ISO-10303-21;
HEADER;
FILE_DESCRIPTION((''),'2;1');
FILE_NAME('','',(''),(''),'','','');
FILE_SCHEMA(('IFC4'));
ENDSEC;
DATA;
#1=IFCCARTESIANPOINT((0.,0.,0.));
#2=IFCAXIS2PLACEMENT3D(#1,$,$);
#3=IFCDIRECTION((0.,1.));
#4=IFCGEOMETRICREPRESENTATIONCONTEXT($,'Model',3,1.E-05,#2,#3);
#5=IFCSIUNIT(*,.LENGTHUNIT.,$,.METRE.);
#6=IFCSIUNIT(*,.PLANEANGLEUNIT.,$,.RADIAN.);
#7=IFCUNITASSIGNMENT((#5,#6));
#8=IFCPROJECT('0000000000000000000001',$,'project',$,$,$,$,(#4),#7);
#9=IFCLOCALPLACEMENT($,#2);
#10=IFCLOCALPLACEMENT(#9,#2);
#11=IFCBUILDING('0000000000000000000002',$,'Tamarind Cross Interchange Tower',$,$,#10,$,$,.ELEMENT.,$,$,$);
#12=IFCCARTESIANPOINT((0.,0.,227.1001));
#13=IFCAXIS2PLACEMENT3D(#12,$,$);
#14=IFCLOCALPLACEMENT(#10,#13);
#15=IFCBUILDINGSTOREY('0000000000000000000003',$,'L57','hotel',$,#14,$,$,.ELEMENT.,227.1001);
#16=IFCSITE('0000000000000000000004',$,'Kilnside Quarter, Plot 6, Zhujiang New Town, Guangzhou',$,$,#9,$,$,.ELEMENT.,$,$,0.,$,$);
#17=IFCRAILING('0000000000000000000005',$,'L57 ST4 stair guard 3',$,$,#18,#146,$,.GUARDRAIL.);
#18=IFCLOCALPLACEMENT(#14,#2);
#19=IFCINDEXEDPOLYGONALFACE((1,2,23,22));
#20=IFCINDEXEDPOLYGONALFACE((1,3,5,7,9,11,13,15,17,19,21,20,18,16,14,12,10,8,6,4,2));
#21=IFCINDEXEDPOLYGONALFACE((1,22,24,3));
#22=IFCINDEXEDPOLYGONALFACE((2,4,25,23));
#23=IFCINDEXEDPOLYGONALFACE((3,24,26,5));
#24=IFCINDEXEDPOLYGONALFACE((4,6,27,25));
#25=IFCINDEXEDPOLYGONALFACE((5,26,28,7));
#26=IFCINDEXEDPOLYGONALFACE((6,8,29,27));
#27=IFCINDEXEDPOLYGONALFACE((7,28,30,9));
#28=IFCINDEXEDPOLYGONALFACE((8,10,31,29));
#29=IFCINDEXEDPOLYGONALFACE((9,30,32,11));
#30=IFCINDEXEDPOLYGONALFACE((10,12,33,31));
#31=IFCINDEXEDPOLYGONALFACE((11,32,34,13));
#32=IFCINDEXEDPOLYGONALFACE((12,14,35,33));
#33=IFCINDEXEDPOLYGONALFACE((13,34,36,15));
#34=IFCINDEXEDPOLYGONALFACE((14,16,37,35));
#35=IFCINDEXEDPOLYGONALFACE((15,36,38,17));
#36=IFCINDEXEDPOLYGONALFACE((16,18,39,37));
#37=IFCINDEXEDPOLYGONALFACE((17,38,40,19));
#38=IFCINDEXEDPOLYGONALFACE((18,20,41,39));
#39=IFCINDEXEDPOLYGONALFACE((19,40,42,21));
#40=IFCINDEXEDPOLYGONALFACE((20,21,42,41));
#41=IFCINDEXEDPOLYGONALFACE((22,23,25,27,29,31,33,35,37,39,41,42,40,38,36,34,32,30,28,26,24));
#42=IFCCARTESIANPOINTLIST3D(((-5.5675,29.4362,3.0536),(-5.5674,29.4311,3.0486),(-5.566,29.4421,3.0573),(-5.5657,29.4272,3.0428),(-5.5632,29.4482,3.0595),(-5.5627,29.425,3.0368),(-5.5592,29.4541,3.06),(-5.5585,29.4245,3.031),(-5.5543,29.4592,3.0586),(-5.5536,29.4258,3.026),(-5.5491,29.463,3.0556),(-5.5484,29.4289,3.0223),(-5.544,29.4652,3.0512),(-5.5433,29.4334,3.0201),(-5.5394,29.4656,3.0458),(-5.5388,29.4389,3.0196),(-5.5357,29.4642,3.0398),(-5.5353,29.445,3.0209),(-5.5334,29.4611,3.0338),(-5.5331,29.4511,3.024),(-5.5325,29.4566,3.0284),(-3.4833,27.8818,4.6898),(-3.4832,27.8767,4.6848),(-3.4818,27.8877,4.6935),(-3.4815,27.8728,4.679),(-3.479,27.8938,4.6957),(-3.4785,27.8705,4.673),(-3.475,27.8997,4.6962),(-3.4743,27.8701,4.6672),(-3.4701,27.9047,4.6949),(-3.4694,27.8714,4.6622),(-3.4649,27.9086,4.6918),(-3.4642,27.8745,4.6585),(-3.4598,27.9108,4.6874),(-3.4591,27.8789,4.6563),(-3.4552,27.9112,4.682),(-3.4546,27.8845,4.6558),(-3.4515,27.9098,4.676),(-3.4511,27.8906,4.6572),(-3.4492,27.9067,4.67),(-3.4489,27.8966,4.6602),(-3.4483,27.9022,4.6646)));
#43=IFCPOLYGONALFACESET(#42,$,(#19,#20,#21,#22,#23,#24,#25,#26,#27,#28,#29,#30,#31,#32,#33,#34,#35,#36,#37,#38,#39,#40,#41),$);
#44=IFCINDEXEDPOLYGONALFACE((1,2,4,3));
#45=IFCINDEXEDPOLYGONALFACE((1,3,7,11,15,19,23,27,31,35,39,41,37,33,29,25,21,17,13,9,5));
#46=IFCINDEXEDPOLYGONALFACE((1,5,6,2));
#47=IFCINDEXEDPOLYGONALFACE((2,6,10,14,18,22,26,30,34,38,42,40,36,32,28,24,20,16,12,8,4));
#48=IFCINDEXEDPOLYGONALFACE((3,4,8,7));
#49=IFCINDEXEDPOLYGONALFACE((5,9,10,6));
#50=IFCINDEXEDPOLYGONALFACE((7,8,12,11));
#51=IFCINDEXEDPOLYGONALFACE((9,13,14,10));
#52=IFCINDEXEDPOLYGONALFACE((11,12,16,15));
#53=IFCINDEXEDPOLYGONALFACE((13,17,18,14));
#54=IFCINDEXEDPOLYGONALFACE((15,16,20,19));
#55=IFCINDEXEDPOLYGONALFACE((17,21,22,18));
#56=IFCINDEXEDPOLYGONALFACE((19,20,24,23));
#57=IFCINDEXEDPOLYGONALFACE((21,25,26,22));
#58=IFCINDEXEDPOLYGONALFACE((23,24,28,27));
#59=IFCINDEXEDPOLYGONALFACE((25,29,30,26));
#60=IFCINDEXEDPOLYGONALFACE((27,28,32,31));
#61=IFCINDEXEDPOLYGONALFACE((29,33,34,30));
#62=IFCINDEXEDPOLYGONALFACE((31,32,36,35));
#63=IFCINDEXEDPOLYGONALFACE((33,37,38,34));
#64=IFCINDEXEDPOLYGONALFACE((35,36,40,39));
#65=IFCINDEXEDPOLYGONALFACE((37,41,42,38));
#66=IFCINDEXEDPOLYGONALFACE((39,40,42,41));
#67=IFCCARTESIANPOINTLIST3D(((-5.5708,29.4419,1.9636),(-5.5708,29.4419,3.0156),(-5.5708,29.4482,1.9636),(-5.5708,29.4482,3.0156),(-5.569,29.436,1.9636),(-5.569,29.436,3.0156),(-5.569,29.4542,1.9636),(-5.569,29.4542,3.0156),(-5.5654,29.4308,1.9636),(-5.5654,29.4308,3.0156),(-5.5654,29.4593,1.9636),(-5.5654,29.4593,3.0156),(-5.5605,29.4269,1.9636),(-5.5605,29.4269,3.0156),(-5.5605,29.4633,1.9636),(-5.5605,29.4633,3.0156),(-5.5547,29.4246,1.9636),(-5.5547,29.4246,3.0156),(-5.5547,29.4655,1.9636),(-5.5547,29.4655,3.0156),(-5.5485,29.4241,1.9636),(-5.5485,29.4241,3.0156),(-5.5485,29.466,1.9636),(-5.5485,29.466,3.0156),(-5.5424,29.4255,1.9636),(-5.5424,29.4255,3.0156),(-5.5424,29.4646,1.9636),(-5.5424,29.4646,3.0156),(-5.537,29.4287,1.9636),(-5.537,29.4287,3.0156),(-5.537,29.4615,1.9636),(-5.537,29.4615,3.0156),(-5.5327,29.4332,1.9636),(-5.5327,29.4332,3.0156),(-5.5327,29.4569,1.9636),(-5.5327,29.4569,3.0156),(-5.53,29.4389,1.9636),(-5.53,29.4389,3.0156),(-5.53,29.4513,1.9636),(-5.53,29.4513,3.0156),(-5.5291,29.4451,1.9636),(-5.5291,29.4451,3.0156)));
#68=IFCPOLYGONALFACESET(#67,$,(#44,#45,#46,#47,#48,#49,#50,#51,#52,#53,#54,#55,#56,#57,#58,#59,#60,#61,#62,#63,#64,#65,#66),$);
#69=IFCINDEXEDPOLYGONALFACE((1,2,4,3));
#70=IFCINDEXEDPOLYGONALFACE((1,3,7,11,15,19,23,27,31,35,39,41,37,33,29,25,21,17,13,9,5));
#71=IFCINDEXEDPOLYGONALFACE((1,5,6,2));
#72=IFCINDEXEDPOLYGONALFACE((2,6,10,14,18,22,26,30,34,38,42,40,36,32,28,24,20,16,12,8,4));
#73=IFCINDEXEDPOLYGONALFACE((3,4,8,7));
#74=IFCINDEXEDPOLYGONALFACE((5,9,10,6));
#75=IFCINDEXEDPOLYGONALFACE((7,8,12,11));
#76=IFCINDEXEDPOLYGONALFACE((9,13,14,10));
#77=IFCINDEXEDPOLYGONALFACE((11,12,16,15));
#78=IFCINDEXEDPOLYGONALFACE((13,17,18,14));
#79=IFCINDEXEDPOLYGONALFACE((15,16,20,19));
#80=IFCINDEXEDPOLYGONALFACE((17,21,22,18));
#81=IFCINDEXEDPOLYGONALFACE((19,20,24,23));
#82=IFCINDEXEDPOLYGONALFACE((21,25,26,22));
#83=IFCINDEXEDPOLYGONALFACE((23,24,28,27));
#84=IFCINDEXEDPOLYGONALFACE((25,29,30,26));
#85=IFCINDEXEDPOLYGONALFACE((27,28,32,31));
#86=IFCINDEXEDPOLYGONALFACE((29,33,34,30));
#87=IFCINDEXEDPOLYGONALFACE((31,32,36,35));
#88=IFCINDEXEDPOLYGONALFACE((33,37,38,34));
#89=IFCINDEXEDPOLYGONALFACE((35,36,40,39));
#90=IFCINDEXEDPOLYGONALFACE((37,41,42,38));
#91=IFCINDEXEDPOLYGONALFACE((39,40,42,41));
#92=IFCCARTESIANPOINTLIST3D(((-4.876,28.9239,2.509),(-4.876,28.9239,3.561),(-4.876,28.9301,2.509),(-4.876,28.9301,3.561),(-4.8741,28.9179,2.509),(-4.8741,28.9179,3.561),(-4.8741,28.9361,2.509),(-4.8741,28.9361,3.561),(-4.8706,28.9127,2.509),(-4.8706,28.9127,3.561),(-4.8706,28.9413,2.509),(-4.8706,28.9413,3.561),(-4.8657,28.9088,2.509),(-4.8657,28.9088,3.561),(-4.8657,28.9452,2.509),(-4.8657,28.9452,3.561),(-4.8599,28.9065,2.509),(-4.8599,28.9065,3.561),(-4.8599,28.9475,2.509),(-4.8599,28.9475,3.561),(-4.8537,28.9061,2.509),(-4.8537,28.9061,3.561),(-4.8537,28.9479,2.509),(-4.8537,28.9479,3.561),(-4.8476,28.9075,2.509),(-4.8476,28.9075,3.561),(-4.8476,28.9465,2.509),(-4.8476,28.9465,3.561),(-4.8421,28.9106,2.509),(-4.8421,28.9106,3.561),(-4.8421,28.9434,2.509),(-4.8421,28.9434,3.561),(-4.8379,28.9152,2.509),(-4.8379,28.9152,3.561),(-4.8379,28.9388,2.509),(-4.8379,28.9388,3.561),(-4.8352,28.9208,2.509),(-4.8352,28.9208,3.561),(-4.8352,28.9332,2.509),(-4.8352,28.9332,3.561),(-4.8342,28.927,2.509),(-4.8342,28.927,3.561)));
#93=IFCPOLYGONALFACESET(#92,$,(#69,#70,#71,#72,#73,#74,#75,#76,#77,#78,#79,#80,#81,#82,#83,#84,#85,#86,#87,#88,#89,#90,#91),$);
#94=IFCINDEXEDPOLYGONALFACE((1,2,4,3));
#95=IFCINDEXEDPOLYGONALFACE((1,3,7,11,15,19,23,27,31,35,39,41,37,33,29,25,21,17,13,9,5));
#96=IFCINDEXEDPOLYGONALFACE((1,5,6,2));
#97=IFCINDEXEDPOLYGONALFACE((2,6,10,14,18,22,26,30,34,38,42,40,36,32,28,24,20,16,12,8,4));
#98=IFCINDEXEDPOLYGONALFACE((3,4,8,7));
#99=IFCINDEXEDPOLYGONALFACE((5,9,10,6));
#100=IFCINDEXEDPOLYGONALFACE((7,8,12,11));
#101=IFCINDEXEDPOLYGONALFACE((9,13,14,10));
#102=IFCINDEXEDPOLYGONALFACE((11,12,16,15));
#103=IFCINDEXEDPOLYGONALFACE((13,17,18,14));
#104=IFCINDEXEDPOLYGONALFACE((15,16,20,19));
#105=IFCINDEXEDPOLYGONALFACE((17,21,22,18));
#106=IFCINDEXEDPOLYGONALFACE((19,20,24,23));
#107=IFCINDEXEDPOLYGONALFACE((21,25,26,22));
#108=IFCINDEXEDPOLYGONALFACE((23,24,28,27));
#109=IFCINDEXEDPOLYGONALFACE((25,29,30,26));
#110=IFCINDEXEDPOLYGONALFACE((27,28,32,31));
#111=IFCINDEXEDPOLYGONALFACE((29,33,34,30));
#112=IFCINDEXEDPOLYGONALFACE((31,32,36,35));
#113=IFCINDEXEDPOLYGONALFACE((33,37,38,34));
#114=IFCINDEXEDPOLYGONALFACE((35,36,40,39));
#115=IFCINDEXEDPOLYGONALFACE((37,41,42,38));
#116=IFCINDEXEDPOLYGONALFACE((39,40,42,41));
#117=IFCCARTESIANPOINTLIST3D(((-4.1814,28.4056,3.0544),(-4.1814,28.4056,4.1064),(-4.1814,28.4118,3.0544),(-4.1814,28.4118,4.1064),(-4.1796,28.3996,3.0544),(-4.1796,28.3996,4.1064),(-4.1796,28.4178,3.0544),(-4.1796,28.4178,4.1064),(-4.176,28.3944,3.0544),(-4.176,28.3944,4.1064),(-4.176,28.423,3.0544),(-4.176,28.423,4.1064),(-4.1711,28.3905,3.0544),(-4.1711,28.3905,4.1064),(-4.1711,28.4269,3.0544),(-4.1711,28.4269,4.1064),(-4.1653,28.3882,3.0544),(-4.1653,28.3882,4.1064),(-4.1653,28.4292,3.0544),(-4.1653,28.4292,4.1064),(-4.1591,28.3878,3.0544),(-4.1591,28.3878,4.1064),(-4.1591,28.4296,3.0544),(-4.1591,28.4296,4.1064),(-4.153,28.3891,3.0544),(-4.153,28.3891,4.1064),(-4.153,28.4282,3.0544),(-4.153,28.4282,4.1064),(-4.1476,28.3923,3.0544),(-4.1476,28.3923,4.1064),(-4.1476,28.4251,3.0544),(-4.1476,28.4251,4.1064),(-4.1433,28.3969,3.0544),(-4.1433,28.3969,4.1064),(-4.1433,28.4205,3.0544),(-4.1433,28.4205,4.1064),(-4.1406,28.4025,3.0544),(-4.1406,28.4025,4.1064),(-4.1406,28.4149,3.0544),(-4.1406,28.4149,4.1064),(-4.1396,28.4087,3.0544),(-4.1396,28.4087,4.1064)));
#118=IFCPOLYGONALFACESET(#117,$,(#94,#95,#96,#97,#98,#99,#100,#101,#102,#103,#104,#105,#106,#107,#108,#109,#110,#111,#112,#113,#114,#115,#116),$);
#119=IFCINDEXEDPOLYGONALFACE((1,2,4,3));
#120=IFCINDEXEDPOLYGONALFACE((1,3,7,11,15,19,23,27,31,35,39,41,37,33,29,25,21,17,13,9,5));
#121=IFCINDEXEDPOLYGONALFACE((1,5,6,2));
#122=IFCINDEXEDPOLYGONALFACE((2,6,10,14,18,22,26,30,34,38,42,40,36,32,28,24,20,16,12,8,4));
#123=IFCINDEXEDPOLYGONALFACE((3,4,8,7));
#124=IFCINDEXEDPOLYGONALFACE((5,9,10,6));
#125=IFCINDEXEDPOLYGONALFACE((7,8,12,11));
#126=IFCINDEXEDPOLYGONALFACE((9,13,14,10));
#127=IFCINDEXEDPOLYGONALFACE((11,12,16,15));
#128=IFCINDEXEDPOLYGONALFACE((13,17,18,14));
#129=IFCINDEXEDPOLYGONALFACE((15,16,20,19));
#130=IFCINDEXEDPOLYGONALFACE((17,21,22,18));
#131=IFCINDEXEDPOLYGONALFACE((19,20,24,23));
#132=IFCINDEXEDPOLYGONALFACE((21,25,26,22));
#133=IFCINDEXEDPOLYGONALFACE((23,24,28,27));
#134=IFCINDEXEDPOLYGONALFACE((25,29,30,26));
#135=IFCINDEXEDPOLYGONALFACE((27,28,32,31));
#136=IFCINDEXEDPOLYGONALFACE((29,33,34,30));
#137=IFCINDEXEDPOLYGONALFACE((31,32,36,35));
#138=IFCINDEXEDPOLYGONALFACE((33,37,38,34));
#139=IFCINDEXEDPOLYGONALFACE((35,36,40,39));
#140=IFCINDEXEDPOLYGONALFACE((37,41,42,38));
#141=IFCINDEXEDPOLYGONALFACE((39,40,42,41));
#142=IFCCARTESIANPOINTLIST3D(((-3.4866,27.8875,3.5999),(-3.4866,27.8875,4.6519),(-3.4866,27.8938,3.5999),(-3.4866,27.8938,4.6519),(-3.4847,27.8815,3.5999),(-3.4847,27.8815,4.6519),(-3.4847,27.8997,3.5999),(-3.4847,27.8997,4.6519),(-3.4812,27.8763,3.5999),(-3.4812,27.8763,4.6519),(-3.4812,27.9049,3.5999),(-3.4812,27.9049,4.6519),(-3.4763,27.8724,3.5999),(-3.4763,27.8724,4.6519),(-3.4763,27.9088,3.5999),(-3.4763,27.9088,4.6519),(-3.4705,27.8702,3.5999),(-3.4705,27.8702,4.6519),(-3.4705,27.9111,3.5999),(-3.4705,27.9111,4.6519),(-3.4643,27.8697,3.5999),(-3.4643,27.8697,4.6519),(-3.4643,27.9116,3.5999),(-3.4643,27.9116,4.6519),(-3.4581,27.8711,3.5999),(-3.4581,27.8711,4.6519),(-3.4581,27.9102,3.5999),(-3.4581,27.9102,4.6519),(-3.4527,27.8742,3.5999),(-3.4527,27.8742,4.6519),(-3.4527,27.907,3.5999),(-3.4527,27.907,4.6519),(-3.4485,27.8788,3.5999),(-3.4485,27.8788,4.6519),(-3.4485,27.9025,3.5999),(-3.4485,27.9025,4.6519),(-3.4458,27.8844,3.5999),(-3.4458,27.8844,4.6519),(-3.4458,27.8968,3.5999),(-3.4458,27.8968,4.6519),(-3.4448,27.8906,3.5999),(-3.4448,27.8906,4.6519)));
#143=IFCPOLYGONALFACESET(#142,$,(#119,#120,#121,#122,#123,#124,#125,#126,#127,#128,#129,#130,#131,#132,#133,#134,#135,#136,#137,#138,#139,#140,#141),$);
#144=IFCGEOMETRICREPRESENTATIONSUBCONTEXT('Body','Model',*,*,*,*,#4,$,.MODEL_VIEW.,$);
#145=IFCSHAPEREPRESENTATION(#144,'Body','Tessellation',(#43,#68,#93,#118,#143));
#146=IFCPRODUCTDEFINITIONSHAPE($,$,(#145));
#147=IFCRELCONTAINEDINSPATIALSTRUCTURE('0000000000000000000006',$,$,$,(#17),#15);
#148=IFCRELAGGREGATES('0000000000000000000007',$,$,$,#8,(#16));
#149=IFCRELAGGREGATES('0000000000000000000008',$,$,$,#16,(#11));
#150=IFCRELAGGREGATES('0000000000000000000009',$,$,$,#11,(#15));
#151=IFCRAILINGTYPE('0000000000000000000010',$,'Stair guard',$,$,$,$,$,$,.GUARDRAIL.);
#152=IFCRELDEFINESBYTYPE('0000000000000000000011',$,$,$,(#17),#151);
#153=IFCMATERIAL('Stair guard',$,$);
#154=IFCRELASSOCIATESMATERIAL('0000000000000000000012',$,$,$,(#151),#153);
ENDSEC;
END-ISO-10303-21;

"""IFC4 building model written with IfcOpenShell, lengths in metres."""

from ifc_helpers import new_model, si_unit, direction, frame, origin, origin_2d, place, context, subcontext, project, spatial, circle, extrude, material, type_object, element, save


model = new_model("IFC4")

# Units and contexts
model_context = context("Model", 3, precision=1e-05, world=origin(), true_north=direction((0.0, 1.0)))
body_context = subcontext(model_context, "Body", "Model", "MODEL_VIEW")
ifc_project = project(units=[si_unit("LENGTHUNIT", "METRE"), si_unit("PLANEANGLEUNIT", "RADIAN")], contexts=[model_context])

# Site, building, storey
site_placement = place(None, origin())
site = spatial("IfcSite", under=ifc_project, at=site_placement, Name="Kilnside Quarter, Plot 6, Zhujiang New Town, Guangzhou", CompositionType="ELEMENT", RefElevation=0.0)
building_placement = place(site_placement, origin())
building = spatial("IfcBuilding", under=site, at=building_placement, Name="Tamarind Cross Interchange Tower", CompositionType="ELEMENT")
storey_placement = place(building_placement, frame((0.0, 0.0, 227.1001)))
storey = spatial("IfcBuildingStorey", under=building, at=storey_placement, Name="L57", Description="hotel", CompositionType="ELEMENT", Elevation=227.1001)

# Railing
ifc_material_1 = material(Name="Stair guard")
railing_type_1 = type_object("IfcRailingType", Name="Stair guard", PredefinedType="GUARDRAIL", material=ifc_material_1)
railing_1_placement = place(storey_placement, frame((-5.55, 29.4451, 1.9636)))
element("IfcRailing", 1, at=railing_1_placement, inside=storey, type_object=railing_type_1, Name="L57 ST4 stair guard 3", PredefinedType="GUARDRAIL", context=body_context, shape_type="SweptSolid", body=[
    extrude(circle(Radius=0.0239, at=origin_2d()), frame((0.0, 0.0, 1.0762), z_axis=(0.678447, -0.505994, 0.532617), x_axis=(0.597849, 0.801608, 0.0)), (0.0, 0.0, 1.0), 3.072),
    extrude(circle(Radius=0.021, at=origin_2d()), origin(), (0.0, 0.0, 1.0), 1.052),
    extrude(circle(Radius=0.021, at=origin_2d()), frame((0.6948, -0.5181, 0.5454)), (0.0, 0.0, 1.0), 1.052),
    extrude(circle(Radius=0.021, at=origin_2d()), frame((1.3894, -1.0364, 1.0908)), (0.0, 0.0, 1.0), 1.052),
    extrude(circle(Radius=0.021, at=origin_2d()), frame((2.0842, -1.5544, 1.6362)), (0.0, 0.0, 1.0), 1.052),
])

save(model, "model.ifc")
